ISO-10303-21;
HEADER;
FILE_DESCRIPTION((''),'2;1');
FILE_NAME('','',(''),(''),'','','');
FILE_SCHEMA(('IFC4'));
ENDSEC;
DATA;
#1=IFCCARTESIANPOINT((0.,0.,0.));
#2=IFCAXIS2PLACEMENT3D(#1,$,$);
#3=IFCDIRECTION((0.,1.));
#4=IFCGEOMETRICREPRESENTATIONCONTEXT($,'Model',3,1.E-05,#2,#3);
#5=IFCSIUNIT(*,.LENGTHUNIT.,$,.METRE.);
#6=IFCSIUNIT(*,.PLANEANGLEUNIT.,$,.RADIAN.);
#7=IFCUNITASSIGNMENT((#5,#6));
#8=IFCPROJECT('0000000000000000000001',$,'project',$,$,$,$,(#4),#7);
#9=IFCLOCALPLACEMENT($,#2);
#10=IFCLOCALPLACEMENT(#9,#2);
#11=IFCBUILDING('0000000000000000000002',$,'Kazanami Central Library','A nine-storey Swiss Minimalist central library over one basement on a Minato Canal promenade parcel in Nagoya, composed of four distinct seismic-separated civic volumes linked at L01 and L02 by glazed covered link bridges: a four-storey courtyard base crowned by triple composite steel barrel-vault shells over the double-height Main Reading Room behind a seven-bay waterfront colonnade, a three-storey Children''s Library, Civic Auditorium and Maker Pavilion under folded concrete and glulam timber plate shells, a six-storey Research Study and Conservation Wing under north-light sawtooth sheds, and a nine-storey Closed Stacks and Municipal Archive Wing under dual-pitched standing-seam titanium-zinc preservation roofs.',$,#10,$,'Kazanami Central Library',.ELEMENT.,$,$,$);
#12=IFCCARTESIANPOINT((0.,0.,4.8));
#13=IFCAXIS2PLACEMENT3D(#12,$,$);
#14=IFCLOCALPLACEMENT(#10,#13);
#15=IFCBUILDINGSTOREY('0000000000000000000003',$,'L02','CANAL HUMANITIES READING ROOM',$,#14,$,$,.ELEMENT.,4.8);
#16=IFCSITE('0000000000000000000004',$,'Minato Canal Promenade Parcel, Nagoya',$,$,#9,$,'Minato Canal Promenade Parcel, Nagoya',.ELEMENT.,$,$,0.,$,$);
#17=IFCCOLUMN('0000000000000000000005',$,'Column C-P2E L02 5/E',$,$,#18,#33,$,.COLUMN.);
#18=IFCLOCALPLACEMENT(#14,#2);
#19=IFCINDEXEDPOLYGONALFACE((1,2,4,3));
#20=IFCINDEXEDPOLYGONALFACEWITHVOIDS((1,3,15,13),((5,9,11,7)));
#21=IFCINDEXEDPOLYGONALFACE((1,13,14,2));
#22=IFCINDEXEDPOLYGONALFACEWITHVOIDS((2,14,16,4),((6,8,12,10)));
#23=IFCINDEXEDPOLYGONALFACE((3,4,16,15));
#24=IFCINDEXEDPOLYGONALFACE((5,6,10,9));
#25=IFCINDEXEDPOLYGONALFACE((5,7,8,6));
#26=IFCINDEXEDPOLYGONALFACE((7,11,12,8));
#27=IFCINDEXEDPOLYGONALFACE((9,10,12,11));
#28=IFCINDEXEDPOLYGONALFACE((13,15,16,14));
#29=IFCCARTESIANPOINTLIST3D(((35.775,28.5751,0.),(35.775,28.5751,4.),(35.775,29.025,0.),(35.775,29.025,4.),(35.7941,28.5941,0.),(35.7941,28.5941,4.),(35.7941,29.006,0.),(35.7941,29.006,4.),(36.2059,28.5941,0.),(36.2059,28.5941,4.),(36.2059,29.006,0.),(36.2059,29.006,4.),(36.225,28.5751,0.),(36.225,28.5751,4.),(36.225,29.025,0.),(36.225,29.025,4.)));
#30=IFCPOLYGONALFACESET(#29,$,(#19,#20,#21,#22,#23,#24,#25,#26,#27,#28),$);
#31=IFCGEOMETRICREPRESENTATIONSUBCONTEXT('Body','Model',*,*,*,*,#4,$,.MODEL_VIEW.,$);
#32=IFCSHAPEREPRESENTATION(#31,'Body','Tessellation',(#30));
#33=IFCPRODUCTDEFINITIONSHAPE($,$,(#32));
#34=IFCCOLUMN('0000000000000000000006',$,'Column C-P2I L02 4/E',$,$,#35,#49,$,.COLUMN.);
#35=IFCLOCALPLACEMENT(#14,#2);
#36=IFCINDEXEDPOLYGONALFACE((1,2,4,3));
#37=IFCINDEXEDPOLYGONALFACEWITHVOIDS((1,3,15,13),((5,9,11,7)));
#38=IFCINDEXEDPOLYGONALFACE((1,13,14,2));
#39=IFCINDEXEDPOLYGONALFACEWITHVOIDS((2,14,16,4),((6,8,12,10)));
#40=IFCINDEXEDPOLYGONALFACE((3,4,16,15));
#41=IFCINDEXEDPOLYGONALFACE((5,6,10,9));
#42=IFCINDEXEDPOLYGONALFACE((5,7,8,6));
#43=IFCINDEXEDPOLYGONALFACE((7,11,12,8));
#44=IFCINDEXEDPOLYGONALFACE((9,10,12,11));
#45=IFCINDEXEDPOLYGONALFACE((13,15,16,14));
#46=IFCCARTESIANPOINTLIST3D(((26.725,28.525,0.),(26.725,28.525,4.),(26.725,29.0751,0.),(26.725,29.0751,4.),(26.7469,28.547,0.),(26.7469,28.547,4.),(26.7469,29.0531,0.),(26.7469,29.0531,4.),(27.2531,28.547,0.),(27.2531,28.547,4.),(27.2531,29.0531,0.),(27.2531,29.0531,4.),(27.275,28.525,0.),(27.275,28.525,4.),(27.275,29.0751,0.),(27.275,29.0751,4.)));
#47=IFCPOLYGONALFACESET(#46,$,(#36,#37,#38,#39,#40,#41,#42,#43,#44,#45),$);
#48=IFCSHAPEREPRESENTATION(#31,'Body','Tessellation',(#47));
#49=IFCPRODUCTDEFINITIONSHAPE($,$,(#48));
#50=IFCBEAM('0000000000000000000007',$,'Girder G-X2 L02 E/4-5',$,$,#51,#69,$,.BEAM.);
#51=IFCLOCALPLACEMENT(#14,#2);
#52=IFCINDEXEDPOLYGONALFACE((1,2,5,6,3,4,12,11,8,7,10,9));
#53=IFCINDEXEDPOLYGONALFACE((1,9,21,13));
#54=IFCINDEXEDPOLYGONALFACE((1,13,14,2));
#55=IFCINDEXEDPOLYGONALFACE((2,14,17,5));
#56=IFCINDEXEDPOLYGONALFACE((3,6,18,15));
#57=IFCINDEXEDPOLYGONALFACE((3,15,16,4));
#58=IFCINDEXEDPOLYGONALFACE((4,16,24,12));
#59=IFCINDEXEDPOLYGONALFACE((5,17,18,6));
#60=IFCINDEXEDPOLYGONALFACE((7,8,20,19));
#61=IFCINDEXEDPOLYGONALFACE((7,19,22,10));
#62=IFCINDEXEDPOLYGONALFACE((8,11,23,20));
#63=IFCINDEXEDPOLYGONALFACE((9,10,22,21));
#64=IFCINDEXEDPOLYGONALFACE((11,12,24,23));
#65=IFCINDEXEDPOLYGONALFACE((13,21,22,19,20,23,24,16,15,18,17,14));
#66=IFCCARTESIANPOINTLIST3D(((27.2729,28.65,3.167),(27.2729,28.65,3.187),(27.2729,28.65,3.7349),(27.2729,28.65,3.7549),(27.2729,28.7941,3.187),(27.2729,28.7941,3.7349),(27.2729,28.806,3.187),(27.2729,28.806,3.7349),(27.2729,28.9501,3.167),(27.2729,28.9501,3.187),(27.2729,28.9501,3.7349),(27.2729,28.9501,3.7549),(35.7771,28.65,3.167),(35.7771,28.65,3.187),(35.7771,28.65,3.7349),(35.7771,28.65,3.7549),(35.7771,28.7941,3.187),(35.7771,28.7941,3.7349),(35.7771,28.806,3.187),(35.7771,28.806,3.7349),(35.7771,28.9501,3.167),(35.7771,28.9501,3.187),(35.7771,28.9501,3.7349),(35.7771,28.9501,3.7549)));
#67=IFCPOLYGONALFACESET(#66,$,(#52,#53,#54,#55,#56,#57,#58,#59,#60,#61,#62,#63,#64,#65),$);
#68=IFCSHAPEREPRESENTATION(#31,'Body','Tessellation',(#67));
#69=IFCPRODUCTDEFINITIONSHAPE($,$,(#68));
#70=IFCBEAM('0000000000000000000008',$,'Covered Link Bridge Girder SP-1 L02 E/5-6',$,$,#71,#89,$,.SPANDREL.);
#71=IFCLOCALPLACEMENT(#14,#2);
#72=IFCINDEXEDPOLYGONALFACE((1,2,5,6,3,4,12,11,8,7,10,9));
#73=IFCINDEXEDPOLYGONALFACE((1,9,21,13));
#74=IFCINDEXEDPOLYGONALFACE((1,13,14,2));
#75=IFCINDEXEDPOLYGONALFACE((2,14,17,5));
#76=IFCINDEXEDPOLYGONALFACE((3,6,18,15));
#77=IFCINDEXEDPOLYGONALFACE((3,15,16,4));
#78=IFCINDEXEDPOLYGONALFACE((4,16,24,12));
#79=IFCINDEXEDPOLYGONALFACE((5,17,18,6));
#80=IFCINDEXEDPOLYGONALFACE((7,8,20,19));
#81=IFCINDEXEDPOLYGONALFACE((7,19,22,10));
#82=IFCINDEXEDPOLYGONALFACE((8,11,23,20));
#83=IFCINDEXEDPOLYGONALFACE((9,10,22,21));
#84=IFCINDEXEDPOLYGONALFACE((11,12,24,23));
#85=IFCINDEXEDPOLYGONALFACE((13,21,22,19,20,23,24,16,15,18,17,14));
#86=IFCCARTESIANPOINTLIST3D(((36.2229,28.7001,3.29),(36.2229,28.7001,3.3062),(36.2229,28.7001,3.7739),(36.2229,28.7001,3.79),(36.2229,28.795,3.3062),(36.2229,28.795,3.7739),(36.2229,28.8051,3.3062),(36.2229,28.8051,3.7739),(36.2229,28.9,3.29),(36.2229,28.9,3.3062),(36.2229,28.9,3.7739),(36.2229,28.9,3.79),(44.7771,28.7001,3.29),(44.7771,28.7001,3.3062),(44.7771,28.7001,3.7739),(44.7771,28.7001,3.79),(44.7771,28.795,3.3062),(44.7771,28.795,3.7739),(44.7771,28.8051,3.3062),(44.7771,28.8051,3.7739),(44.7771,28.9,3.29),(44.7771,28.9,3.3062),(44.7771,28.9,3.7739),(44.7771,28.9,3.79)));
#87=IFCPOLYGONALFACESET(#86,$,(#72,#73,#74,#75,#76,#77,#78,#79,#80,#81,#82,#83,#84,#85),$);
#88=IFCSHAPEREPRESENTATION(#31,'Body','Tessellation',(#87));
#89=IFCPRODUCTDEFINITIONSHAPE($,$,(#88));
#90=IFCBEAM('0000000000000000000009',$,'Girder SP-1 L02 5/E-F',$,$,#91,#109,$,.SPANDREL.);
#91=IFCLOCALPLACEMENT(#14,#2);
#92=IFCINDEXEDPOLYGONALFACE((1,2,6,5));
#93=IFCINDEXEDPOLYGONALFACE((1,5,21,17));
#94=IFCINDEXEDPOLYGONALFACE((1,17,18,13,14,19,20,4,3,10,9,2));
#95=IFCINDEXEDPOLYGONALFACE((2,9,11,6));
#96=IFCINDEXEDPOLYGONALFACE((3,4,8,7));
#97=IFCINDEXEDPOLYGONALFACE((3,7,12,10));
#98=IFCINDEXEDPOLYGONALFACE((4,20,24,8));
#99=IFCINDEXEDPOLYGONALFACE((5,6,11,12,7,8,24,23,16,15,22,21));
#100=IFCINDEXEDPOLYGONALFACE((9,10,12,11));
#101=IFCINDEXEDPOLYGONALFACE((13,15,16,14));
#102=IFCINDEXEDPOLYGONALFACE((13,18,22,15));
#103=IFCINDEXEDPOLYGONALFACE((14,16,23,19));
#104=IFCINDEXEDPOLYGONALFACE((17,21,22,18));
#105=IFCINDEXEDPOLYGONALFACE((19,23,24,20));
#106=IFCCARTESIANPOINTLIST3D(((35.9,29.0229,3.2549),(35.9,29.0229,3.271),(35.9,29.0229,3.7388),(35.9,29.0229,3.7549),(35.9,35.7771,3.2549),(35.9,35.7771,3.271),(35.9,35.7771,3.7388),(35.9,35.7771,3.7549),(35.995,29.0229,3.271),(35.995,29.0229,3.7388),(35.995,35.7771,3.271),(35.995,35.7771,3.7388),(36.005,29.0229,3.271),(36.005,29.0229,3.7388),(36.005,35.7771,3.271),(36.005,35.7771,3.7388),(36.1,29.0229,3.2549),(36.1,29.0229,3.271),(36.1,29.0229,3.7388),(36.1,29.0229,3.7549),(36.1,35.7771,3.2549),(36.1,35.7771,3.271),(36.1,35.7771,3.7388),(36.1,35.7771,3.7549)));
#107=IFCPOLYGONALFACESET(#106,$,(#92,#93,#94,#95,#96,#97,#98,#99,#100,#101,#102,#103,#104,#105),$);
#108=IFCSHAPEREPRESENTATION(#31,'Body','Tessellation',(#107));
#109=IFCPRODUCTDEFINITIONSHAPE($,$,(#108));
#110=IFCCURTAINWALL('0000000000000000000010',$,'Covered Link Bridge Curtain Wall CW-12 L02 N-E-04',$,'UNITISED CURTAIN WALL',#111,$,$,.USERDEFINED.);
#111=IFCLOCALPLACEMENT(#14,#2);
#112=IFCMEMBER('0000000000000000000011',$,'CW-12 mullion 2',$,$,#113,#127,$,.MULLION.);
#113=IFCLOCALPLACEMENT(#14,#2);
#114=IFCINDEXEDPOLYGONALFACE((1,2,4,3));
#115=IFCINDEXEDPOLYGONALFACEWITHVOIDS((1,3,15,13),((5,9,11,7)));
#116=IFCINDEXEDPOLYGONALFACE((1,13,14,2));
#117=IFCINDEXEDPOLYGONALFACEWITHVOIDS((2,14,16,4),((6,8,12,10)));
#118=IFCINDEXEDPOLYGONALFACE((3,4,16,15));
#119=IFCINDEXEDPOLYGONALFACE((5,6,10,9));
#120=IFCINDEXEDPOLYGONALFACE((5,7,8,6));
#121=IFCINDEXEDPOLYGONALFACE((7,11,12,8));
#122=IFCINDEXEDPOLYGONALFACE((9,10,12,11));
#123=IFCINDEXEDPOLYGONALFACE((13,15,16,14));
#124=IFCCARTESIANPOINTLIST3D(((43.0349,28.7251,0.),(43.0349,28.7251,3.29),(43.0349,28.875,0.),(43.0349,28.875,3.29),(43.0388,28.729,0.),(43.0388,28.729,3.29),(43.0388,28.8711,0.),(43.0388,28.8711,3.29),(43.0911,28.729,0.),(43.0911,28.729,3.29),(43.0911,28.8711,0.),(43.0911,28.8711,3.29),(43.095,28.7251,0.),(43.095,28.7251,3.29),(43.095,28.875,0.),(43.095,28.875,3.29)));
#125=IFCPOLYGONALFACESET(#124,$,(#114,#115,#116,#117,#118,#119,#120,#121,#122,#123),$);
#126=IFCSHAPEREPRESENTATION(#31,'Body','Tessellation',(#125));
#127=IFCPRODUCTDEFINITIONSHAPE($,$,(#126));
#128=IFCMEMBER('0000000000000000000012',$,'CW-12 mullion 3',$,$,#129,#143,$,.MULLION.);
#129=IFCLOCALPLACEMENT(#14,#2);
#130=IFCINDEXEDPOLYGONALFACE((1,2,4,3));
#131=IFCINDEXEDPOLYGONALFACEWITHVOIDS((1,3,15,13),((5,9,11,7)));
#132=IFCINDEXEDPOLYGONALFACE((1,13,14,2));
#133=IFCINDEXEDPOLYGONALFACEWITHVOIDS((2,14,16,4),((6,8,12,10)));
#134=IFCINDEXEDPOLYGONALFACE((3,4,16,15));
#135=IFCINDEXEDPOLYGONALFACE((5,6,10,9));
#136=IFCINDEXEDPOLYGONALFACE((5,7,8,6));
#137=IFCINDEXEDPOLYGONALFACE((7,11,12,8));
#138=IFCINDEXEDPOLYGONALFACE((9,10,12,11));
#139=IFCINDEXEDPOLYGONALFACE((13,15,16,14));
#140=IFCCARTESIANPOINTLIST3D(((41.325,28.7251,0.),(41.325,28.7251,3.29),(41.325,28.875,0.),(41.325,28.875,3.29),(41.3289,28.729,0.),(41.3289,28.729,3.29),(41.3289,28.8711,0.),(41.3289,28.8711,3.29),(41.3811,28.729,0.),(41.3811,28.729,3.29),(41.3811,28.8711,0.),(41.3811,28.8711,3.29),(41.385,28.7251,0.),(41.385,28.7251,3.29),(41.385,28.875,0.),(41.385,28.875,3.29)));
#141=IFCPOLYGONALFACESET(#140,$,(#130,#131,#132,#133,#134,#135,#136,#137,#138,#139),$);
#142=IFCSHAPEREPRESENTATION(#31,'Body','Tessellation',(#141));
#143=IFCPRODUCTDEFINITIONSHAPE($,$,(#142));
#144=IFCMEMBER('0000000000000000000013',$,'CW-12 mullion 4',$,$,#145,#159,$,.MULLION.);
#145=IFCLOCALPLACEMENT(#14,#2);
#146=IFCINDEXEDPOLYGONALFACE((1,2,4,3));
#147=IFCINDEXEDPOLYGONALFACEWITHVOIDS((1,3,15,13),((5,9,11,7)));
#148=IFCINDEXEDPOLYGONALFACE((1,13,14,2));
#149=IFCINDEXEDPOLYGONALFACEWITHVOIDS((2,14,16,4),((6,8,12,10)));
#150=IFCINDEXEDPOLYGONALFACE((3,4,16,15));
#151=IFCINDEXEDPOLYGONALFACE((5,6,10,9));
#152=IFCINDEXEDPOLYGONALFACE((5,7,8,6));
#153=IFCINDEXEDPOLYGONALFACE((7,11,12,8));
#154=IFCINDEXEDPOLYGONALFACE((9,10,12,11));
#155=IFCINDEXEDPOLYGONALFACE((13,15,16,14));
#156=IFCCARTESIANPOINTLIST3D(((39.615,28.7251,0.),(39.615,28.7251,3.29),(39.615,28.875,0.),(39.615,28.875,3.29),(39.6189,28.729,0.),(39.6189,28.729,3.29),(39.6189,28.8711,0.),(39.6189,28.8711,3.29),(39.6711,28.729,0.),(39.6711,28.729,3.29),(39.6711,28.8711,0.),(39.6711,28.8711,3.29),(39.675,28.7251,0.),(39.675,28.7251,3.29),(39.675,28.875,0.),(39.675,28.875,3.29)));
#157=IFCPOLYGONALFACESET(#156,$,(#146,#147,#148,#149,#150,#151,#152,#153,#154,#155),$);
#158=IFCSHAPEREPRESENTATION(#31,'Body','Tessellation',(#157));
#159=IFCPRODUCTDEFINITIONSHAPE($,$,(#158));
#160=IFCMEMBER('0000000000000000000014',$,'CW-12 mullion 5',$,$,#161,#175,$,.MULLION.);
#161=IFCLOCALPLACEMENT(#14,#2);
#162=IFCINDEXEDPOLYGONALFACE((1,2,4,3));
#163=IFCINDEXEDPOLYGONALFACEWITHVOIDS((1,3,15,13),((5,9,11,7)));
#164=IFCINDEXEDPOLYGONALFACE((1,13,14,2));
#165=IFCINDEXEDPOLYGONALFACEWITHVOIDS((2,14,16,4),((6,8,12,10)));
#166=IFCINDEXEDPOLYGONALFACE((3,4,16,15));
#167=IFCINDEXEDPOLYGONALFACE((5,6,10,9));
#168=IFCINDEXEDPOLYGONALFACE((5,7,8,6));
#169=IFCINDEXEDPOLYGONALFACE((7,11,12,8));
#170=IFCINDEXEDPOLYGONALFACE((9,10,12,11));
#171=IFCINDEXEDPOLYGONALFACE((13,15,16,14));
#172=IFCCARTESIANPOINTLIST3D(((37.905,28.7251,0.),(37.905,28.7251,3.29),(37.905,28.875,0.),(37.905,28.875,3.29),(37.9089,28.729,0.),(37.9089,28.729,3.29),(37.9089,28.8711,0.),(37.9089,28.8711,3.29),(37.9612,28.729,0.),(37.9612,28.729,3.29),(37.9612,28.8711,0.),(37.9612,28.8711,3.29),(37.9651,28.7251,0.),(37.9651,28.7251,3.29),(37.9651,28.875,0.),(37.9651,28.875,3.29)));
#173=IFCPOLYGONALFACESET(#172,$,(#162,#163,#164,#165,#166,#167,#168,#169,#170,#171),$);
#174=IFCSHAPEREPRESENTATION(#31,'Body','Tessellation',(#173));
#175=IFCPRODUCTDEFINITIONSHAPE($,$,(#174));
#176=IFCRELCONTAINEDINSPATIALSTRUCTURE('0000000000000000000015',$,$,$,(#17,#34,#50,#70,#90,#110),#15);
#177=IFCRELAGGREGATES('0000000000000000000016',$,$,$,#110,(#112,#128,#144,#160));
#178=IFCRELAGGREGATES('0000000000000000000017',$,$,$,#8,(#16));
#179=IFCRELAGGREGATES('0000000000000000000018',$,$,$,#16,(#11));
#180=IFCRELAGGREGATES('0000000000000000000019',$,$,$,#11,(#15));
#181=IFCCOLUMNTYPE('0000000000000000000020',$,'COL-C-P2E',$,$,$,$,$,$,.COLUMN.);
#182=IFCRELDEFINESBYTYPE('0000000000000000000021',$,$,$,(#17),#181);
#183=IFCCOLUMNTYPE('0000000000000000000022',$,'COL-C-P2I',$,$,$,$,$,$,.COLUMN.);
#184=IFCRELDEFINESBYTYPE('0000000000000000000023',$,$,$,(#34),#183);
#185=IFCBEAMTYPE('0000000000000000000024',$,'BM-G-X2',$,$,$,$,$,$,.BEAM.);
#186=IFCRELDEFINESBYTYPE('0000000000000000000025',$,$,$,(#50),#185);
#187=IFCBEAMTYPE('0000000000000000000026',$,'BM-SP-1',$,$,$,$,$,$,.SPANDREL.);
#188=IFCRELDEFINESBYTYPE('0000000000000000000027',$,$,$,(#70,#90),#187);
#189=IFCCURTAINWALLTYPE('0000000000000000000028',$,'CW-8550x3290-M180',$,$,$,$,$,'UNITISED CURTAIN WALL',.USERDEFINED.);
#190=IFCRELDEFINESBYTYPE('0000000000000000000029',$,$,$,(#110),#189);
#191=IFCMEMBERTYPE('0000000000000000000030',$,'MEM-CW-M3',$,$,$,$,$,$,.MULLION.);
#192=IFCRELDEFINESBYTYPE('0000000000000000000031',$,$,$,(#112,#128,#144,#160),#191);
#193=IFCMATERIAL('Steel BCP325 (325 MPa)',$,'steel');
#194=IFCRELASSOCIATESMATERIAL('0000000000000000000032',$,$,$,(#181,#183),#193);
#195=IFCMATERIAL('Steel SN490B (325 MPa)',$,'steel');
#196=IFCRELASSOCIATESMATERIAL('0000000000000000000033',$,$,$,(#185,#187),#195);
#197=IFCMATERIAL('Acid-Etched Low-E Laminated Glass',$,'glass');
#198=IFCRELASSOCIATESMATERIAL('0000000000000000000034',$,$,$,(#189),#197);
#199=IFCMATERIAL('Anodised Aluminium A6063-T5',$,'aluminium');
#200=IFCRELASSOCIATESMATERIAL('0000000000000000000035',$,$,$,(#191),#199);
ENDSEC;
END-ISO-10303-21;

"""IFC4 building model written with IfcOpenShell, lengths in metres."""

from ifc_helpers import new_model, si_unit, direction, frame, origin, origin_2d, place, context, subcontext, project, spatial, hollow_rectangle, i_section, extrude, material, material_profile, profile_set, type_object, element, aggregate, save


model = new_model("IFC4")

# Units and contexts
model_context = context("Model", 3, precision=1e-05, world=origin(), true_north=direction((0.0, 1.0)))
body_context = subcontext(model_context, "Body", "Model", "MODEL_VIEW")
ifc_project = project(units=[si_unit("LENGTHUNIT", "METRE"), si_unit("PLANEANGLEUNIT", "RADIAN")], contexts=[model_context])

# Site, building, storey
site_placement = place(None, origin())
site = spatial("IfcSite", under=ifc_project, at=site_placement, Name="Minato Canal Promenade Parcel, Nagoya", LongName="Minato Canal Promenade Parcel, Nagoya", CompositionType="ELEMENT", RefElevation=0.0)
building_placement = place(site_placement, origin())
building = spatial("IfcBuilding", under=site, at=building_placement, Name="Kazanami Central Library", Description="A nine-storey Swiss Minimalist central library over one basement on a Minato Canal promenade parcel in Nagoya, composed of four distinct seismic-separated civic volumes linked at L01 and L02 by glazed covered link bridges: a four-storey courtyard base crowned by triple composite steel barrel-vault shells over the double-height Main Reading Room behind a seven-bay waterfront colonnade, a three-storey Children's Library, Civic Auditorium and Maker Pavilion under folded concrete and glulam timber plate shells, a six-storey Research Study and Conservation Wing under north-light sawtooth sheds, and a nine-storey Closed Stacks and Municipal Archive Wing under dual-pitched standing-seam titanium-zinc preservation roofs.", LongName="Kazanami Central Library", CompositionType="ELEMENT")
storey_placement = place(building_placement, frame((0.0, 0.0, 4.8)))
storey = spatial("IfcBuildingStorey", under=building, at=storey_placement, Name="L02", Description="CANAL HUMANITIES READING ROOM", CompositionType="ELEMENT", Elevation=4.8)

# Columns
ifc_material_1 = material(Name="Steel BCP325 (325 MPa)", Category="steel")
ifc_material_profile_1 = material_profile(ifc_material_1, hollow_rectangle(XDim=0.45, YDim=0.45, WallThickness=0.019, at=origin_2d()), Name="BCP-450x450x19")
ifc_profile_set_1 = profile_set([ifc_material_profile_1], Name="Steel BCP325 (325 MPa)")
column_type_1 = type_object("IfcColumnType", Name="COL-C-P2E", PredefinedType="COLUMN", material=ifc_profile_set_1)
column_1_placement = place(storey_placement, frame((36.0, 28.8, 0.0), z_axis=(0.0, 0.0, 1.0), x_axis=(1.0, 0.0, 0.0)))
element("IfcColumn", 1, at=column_1_placement, inside=storey, type_object=column_type_1, Name="Column C-P2E L02 5/E", PredefinedType="COLUMN", context=body_context, shape_type="SweptSolid", body=[
    extrude(hollow_rectangle(XDim=0.45, YDim=0.45, WallThickness=0.019, at=origin_2d()), origin(), (0.0, 0.0, 1.0), 4.0),
])
ifc_material_profile_2 = material_profile(ifc_material_1, hollow_rectangle(XDim=0.55, YDim=0.55, WallThickness=0.022, at=origin_2d()), Name="BCP-550x550x22")
ifc_profile_set_2 = profile_set([ifc_material_profile_2], Name="Steel BCP325 (325 MPa)")
column_type_2 = type_object("IfcColumnType", Name="COL-C-P2I", PredefinedType="COLUMN", material=ifc_profile_set_2)
column_2_placement = place(storey_placement, frame((27.0, 28.8, 0.0), z_axis=(0.0, 0.0, 1.0), x_axis=(1.0, 0.0, 0.0)))
element("IfcColumn", 2, at=column_2_placement, inside=storey, type_object=column_type_2, Name="Column C-P2I L02 4/E", PredefinedType="COLUMN", context=body_context, shape_type="SweptSolid", body=[
    extrude(hollow_rectangle(XDim=0.55, YDim=0.55, WallThickness=0.022, at=origin_2d()), origin(), (0.0, 0.0, 1.0), 4.0),
])

# Beams
ifc_material_2 = material(Name="Steel SN490B (325 MPa)", Category="steel")
ifc_material_profile_3 = material_profile(ifc_material_2, i_section(OverallWidth=0.3, OverallDepth=0.5879, WebThickness=0.012, FlangeThickness=0.02, at=origin_2d()), Name="H-588x300x12x20")
ifc_profile_set_3 = profile_set([ifc_material_profile_3], Name="Steel SN490B (325 MPa)")
beam_type_1 = type_object("IfcBeamType", Name="BM-G-X2", PredefinedType="BEAM", material=ifc_profile_set_3)
beam_1_placement = place(storey_placement, frame((27.2729, 28.8, 3.4609), z_axis=(1.0, 0.0, 0.0), x_axis=(0.0, 1.0, 0.0)))
element("IfcBeam", 3, at=beam_1_placement, inside=storey, type_object=beam_type_1, Name="Girder G-X2 L02 E/4-5", PredefinedType="BEAM", context=body_context, shape_type="SweptSolid", body=[
    extrude(i_section(OverallWidth=0.3, OverallDepth=0.5879, WebThickness=0.012, FlangeThickness=0.02, at=origin_2d()), origin(), (0.0, 0.0, 1.0), 8.5042),
])
ifc_material_profile_4 = material_profile(ifc_material_2, i_section(OverallWidth=0.2, OverallDepth=0.5, WebThickness=0.01, FlangeThickness=0.0161, at=origin_2d()), Name="H-500x200x10x16")
ifc_profile_set_4 = profile_set([ifc_material_profile_4], Name="Steel SN490B (325 MPa)")
beam_type_2 = type_object("IfcBeamType", Name="BM-SP-1", PredefinedType="SPANDREL", material=ifc_profile_set_4)
beam_2_placement = place(storey_placement, frame((36.2229, 28.8, 3.54), z_axis=(1.0, 0.0, 0.0), x_axis=(0.0, 1.0, 0.0)))
element("IfcBeam", 4, at=beam_2_placement, inside=storey, type_object=beam_type_2, Name="Covered Link Bridge Girder SP-1 L02 E/5-6", PredefinedType="SPANDREL", context=body_context, shape_type="SweptSolid", body=[
    extrude(i_section(OverallWidth=0.2, OverallDepth=0.5, WebThickness=0.01, FlangeThickness=0.0161, at=origin_2d()), origin(), (0.0, 0.0, 1.0), 8.5542),
])
beam_3_placement = place(storey_placement, frame((36.0, 29.0229, 3.5049), z_axis=(0.0, 1.0, 0.0), x_axis=(-1.0, 0.0, 0.0)))
element("IfcBeam", 5, at=beam_3_placement, inside=storey, type_object=beam_type_2, Name="Girder SP-1 L02 5/E-F", PredefinedType="SPANDREL", context=body_context, shape_type="SweptSolid", body=[
    extrude(i_section(OverallWidth=0.2, OverallDepth=0.5, WebThickness=0.01, FlangeThickness=0.0161, at=origin_2d()), origin(), (0.0, 0.0, 1.0), 6.7542),
])

# Curtain wall, members
ifc_material_3 = material(Name="Acid-Etched Low-E Laminated Glass", Category="glass")
curtain_wall_type_1 = type_object("IfcCurtainWallType", Name="CW-8550x3290-M180", ElementType="UNITISED CURTAIN WALL", PredefinedType="USERDEFINED", material=ifc_material_3)
curtain_wall_1_placement = place(storey_placement, origin())
curtain_wall_1 = element("IfcCurtainWall", 6, at=curtain_wall_1_placement, inside=storey, type_object=curtain_wall_type_1, Name="Covered Link Bridge Curtain Wall CW-12 L02 N-E-04", ObjectType="UNITISED CURTAIN WALL", PredefinedType="USERDEFINED")
ifc_material_4 = material(Name="Anodised Aluminium A6063-T5", Category="aluminium")
ifc_material_profile_5 = material_profile(ifc_material_4, hollow_rectangle(XDim=0.0601, YDim=0.1499, WallThickness=0.0039, at=origin_2d()), Name="ALU-MULL-60x150x4")
ifc_profile_set_5 = profile_set([ifc_material_profile_5], Name="Anodised Aluminium A6063-T5")
member_type_1 = type_object("IfcMemberType", Name="MEM-CW-M3", PredefinedType="MULLION", material=ifc_profile_set_5)
member_1_placement = place(storey_placement, frame((43.0649, 28.8, 0.0), z_axis=(0.0, 0.0, 1.0), x_axis=(-1.0, 0.0, 0.0)))
member_1 = element("IfcMember", 7, at=member_1_placement, type_object=member_type_1, Name="CW-12 mullion 2", PredefinedType="MULLION", context=body_context, shape_type="SweptSolid", body=[
    extrude(hollow_rectangle(XDim=0.0601, YDim=0.1499, WallThickness=0.0039, at=origin_2d()), origin(), (0.0, 0.0, 1.0), 3.29),
])
member_2_placement = place(storey_placement, frame((41.355, 28.8, 0.0), z_axis=(0.0, 0.0, 1.0), x_axis=(-1.0, 0.0, 0.0)))
member_2 = element("IfcMember", 8, at=member_2_placement, type_object=member_type_1, Name="CW-12 mullion 3", PredefinedType="MULLION", context=body_context, shape_type="SweptSolid", body=[
    extrude(hollow_rectangle(XDim=0.0601, YDim=0.1499, WallThickness=0.0039, at=origin_2d()), origin(), (0.0, 0.0, 1.0), 3.29),
])
member_3_placement = place(storey_placement, frame((39.645, 28.8, 0.0), z_axis=(0.0, 0.0, 1.0), x_axis=(-1.0, 0.0, 0.0)))
member_3 = element("IfcMember", 9, at=member_3_placement, type_object=member_type_1, Name="CW-12 mullion 4", PredefinedType="MULLION", context=body_context, shape_type="SweptSolid", body=[
    extrude(hollow_rectangle(XDim=0.0601, YDim=0.1499, WallThickness=0.0039, at=origin_2d()), origin(), (0.0, 0.0, 1.0), 3.29),
])
member_4_placement = place(storey_placement, frame((37.9351, 28.8, 0.0), z_axis=(0.0, 0.0, 1.0), x_axis=(-1.0, 0.0, 0.0)))
member_4 = element("IfcMember", 10, at=member_4_placement, type_object=member_type_1, Name="CW-12 mullion 5", PredefinedType="MULLION", context=body_context, shape_type="SweptSolid", body=[
    extrude(hollow_rectangle(XDim=0.0601, YDim=0.1499, WallThickness=0.0039, at=origin_2d()), origin(), (0.0, 0.0, 1.0), 3.29),
])

aggregate(curtain_wall_1, [member_1, member_2, member_3, member_4])

save(model, "model.ifc")
